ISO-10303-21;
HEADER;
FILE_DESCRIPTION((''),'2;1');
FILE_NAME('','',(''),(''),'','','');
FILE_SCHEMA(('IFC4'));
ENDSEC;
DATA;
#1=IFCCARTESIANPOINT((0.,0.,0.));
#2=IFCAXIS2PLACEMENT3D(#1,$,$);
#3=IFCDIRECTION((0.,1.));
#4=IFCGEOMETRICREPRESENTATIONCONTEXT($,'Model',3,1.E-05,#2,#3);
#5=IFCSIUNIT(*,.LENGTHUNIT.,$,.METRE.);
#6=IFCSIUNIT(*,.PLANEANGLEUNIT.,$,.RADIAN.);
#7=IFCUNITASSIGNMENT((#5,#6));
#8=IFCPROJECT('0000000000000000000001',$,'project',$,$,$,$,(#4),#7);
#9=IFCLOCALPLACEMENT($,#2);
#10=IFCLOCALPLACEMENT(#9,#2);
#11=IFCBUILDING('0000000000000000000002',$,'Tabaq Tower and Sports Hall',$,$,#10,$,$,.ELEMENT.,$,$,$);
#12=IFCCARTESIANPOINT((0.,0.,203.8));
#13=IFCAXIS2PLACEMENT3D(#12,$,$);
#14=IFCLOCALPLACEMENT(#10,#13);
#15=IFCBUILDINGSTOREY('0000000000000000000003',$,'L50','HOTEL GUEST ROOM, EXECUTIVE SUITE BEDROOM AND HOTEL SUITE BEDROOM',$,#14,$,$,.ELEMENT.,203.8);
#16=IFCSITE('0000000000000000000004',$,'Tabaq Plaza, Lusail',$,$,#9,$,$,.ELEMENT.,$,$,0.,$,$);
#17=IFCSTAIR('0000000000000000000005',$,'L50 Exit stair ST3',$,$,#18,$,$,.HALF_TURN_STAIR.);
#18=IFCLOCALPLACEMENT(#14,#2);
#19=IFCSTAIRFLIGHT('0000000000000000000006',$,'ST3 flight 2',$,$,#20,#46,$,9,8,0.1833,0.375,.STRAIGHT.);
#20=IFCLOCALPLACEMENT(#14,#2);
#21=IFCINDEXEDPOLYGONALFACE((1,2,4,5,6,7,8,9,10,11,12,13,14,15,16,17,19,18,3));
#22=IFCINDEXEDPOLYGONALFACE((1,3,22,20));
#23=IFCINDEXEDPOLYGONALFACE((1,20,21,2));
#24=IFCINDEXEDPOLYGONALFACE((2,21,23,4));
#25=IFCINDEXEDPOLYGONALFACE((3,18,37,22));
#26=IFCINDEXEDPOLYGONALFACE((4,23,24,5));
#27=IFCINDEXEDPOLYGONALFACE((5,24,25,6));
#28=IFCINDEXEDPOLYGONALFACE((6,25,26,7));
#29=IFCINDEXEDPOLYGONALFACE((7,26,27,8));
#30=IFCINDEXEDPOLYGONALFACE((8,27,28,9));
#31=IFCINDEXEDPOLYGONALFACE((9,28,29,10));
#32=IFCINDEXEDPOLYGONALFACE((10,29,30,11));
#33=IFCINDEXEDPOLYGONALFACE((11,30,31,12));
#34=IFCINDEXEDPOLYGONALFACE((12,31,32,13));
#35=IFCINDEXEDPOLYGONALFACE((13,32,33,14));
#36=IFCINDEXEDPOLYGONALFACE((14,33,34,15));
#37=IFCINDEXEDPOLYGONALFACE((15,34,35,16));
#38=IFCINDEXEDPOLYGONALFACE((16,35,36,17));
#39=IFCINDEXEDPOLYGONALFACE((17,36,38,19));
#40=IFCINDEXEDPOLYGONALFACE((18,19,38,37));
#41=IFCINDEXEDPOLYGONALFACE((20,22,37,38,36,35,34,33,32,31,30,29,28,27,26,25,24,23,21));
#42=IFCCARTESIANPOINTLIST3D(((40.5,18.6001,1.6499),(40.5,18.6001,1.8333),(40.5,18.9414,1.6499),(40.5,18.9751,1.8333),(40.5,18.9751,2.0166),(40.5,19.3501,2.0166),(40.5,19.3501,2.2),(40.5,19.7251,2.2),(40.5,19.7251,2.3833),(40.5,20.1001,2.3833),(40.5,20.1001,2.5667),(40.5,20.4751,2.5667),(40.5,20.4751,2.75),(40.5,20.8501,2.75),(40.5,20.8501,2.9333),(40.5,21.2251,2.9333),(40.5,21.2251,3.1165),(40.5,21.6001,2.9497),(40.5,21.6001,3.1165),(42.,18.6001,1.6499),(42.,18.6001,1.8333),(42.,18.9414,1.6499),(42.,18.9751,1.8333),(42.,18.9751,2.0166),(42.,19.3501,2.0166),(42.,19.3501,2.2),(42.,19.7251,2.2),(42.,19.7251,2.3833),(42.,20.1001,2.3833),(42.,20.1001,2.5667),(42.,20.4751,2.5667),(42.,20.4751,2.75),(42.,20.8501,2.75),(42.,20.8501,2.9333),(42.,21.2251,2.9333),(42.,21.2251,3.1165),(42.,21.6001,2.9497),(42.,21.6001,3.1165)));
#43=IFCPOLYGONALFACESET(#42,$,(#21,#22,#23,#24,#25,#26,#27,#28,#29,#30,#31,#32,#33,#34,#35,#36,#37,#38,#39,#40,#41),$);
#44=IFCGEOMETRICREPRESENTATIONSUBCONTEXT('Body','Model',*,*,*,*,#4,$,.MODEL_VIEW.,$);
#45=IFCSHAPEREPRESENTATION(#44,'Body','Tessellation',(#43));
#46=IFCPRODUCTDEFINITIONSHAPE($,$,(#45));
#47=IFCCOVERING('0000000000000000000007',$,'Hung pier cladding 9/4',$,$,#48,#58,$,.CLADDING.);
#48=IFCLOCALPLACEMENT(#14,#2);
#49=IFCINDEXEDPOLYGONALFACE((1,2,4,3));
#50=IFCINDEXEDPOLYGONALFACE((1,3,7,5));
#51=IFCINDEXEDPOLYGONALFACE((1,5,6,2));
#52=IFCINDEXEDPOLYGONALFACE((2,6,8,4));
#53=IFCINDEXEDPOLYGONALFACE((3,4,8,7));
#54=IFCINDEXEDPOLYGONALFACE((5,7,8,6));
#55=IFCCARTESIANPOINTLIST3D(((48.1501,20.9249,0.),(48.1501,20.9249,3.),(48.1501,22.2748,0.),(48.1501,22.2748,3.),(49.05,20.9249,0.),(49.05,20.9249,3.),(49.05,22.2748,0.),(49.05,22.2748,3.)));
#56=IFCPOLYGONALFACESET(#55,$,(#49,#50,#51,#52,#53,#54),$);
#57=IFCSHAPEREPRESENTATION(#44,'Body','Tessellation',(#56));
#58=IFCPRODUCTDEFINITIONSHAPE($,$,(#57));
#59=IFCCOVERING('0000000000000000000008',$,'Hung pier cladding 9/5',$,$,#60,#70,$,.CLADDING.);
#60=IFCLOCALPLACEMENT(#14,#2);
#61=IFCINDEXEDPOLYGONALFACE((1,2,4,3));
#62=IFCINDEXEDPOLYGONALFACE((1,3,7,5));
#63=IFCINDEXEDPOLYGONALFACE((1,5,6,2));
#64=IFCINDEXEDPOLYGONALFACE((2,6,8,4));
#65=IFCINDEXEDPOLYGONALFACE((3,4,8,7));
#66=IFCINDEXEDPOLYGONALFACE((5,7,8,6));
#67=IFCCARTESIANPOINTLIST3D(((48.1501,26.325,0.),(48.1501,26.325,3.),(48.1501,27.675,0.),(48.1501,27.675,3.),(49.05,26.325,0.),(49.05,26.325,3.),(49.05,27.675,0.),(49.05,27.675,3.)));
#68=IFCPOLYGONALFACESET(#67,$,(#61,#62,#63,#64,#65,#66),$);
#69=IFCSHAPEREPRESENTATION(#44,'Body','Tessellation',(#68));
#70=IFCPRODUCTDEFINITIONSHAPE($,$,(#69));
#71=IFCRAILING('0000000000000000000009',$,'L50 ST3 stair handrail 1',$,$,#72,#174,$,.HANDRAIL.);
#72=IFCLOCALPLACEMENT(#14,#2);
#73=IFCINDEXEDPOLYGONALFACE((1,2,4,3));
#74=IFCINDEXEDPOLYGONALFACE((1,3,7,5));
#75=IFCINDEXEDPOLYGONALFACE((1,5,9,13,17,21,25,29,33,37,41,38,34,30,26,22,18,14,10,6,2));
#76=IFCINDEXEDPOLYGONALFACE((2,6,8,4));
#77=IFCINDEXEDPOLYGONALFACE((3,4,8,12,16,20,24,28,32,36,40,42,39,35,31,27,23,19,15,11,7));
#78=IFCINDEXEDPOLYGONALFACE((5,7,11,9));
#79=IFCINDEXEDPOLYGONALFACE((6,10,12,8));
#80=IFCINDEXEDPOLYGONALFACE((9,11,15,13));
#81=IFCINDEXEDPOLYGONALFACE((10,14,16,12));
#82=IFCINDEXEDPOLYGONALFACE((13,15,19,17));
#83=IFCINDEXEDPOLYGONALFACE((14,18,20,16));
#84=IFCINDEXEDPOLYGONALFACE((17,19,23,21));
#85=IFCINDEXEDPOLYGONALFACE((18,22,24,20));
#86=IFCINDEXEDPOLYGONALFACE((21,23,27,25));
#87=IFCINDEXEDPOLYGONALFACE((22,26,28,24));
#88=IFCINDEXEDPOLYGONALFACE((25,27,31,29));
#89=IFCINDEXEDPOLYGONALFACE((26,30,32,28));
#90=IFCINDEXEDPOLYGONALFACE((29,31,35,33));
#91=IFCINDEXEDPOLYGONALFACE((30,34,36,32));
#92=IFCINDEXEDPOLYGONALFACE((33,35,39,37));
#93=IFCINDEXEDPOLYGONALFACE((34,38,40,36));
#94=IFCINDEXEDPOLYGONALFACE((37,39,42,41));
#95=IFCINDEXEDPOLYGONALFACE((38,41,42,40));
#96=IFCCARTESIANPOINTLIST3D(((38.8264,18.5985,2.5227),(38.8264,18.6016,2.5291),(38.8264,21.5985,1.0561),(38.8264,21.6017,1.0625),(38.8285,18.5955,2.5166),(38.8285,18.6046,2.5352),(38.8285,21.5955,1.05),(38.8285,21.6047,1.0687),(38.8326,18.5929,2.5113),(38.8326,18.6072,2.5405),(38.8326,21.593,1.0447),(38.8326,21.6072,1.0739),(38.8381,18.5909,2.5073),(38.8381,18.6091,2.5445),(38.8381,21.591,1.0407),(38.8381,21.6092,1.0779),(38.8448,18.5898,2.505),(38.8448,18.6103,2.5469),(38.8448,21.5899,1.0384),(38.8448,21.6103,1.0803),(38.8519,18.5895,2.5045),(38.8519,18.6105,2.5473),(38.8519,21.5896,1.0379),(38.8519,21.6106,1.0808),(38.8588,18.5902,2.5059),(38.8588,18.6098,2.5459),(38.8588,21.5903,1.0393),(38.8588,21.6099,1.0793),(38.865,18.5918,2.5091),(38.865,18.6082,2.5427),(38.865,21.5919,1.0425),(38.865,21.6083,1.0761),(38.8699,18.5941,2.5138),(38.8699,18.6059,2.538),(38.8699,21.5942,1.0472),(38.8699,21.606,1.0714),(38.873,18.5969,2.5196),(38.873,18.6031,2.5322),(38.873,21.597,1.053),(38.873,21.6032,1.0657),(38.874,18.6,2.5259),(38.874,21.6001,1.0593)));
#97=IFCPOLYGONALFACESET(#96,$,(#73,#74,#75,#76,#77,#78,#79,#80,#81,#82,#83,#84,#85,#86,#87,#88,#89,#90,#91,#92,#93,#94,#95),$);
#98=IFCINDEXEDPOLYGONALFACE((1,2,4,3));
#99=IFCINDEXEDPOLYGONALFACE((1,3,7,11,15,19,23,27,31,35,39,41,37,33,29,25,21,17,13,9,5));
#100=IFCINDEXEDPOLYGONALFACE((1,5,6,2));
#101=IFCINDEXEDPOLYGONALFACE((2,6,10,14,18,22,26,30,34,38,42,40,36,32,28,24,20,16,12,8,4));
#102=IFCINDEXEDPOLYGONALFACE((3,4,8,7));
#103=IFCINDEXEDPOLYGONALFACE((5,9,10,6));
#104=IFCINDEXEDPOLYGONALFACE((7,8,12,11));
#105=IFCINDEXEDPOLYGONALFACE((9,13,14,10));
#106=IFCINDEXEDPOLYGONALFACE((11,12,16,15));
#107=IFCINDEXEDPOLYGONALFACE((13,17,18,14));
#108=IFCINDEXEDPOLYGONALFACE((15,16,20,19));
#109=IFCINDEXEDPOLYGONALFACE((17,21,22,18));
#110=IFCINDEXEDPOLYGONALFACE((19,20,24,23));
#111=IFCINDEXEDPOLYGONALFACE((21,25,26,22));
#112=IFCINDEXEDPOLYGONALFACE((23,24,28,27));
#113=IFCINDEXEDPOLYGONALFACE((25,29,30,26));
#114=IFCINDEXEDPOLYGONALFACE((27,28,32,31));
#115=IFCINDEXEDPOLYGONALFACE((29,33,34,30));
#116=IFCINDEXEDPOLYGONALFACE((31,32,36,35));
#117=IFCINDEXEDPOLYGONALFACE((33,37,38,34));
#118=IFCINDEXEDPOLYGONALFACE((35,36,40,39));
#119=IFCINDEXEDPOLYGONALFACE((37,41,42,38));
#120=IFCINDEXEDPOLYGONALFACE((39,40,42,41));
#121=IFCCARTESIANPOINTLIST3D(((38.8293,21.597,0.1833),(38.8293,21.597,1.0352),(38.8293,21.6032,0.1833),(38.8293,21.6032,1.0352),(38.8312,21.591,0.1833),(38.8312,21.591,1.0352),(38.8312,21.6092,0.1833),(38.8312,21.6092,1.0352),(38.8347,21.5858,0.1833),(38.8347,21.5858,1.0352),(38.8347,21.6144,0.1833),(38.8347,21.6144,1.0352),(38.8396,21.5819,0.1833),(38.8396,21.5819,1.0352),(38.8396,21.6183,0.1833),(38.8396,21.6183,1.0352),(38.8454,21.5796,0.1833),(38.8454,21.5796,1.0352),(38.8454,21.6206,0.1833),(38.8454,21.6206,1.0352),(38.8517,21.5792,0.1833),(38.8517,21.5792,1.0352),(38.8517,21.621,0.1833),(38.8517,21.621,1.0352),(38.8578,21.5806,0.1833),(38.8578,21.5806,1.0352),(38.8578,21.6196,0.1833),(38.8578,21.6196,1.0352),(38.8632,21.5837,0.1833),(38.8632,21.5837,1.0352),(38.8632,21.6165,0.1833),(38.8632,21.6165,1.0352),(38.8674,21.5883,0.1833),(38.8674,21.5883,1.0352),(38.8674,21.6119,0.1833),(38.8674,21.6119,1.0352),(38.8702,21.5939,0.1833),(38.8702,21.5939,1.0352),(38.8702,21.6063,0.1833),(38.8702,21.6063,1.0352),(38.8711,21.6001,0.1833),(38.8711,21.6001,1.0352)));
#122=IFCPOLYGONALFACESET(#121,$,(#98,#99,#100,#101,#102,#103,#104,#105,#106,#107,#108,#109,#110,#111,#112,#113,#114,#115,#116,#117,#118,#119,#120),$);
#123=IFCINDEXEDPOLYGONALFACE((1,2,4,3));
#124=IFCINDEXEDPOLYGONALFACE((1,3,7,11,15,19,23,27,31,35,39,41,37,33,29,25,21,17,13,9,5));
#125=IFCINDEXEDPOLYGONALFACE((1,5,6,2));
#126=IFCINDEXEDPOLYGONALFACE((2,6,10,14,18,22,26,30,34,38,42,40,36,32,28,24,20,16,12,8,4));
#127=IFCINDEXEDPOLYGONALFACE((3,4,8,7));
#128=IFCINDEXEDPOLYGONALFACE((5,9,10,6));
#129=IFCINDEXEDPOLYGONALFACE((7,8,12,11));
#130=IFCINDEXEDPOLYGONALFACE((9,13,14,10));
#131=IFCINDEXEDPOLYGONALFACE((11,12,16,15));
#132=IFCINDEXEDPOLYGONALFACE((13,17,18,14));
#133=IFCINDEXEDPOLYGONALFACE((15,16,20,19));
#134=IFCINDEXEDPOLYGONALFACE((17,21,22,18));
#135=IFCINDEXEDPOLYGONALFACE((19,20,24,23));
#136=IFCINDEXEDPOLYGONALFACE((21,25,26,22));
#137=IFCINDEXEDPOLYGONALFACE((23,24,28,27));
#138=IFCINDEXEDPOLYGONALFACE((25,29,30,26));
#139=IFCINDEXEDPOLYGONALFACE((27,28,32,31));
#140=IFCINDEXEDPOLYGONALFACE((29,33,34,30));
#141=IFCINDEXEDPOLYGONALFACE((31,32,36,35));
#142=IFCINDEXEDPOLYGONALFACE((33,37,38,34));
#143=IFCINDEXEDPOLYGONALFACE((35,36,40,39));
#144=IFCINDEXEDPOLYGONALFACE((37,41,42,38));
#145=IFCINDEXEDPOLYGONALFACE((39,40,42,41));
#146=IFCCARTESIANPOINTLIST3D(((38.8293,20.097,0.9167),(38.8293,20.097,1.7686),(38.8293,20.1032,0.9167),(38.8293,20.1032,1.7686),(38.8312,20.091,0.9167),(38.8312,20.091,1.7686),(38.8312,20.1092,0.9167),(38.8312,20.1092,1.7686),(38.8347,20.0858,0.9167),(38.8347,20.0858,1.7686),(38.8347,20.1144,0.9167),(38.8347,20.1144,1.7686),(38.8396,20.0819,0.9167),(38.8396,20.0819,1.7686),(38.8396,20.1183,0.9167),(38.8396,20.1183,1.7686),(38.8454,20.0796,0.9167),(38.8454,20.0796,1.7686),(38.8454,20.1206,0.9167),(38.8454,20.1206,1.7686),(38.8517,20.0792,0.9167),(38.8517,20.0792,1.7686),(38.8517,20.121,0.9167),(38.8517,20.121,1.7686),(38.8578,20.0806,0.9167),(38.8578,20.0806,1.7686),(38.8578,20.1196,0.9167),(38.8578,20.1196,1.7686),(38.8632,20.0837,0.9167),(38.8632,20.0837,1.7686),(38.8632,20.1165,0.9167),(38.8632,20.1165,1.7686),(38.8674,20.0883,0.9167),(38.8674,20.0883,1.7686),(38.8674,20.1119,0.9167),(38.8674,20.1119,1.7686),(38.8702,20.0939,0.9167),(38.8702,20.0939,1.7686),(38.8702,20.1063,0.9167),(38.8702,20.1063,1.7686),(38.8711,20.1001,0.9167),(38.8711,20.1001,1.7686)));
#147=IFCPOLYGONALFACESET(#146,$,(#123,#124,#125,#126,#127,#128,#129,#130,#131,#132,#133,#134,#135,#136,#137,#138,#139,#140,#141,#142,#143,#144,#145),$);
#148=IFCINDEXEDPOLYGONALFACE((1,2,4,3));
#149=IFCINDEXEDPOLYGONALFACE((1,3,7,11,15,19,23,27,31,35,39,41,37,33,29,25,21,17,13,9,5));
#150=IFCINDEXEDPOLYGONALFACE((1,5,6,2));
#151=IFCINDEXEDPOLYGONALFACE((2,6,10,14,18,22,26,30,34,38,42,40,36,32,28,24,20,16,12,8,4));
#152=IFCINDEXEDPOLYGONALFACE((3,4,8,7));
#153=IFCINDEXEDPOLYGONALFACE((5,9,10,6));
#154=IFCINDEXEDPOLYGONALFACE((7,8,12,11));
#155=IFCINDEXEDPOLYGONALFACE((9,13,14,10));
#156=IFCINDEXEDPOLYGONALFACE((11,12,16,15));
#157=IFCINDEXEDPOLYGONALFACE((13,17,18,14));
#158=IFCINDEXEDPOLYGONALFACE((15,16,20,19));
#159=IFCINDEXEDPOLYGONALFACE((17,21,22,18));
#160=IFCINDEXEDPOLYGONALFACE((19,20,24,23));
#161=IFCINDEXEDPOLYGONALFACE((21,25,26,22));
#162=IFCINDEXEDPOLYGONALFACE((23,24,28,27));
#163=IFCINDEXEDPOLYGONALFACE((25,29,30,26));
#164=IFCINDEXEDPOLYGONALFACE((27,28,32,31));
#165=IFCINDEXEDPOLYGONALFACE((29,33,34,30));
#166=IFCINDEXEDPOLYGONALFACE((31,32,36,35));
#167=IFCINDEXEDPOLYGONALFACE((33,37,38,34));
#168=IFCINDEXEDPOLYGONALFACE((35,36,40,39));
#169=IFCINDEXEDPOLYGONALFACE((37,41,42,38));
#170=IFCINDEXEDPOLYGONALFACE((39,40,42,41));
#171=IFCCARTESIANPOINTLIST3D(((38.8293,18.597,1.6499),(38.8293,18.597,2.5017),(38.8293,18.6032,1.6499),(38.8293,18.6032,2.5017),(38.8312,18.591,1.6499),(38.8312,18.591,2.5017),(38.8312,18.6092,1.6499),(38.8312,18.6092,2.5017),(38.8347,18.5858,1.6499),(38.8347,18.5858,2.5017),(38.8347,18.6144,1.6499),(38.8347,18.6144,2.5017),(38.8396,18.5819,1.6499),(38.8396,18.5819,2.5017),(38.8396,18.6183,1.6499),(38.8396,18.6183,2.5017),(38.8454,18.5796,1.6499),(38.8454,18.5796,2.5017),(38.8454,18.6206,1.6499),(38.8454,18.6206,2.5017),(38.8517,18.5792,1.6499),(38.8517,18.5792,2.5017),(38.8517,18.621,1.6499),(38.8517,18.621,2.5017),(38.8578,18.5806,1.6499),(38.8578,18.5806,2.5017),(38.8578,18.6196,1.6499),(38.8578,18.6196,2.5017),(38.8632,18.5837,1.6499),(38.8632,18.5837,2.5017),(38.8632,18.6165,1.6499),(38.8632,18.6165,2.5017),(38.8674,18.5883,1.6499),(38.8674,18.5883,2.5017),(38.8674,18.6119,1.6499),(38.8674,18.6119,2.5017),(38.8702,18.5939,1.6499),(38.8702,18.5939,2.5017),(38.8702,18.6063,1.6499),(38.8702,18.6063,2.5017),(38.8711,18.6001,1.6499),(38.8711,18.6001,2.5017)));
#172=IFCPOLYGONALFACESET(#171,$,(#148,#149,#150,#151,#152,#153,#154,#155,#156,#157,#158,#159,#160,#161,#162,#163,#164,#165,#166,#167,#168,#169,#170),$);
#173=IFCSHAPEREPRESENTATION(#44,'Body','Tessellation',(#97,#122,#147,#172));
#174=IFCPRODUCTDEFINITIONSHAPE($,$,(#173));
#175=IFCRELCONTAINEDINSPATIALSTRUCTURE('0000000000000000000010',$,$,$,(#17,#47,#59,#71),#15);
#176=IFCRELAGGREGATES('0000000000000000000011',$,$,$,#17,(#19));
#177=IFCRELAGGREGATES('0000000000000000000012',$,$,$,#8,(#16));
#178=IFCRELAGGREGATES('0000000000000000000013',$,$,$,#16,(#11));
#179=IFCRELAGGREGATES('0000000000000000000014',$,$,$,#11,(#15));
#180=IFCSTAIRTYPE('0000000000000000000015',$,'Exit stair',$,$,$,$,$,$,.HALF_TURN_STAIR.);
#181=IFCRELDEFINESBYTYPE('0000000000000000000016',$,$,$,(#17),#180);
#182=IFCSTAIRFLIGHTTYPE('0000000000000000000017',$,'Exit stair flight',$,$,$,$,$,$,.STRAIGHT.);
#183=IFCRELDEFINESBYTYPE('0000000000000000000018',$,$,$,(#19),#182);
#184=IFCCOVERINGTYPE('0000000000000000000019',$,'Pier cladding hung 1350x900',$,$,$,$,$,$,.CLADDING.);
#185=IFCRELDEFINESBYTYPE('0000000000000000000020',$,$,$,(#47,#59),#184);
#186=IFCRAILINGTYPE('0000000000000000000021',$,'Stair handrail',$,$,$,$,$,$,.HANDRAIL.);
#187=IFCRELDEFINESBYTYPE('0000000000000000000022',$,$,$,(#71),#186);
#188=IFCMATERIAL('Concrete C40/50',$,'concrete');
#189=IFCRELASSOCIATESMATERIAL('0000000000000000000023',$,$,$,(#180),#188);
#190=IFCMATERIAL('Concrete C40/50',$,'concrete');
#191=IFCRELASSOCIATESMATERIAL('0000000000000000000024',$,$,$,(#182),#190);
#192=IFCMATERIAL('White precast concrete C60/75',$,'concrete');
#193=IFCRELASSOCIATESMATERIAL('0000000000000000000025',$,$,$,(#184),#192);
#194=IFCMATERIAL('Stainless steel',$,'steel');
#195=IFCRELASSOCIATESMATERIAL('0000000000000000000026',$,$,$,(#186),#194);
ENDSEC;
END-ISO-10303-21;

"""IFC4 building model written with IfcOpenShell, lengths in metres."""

from ifc_helpers import new_model, si_unit, direction, frame, frame_2d, origin, origin_2d, place, context, subcontext, project, spatial, polyline, rectangle, circle, outline, extrude, material, type_object, element, aggregate, save


model = new_model("IFC4")

# Units and contexts
model_context = context("Model", 3, precision=1e-05, world=origin(), true_north=direction((0.0, 1.0)))
body_context = subcontext(model_context, "Body", "Model", "MODEL_VIEW")
ifc_project = project(units=[si_unit("LENGTHUNIT", "METRE"), si_unit("PLANEANGLEUNIT", "RADIAN")], contexts=[model_context])

# Site, building, storey
site_placement = place(None, origin())
site = spatial("IfcSite", under=ifc_project, at=site_placement, Name="Tabaq Plaza, Lusail", CompositionType="ELEMENT", RefElevation=0.0)
building_placement = place(site_placement, origin())
building = spatial("IfcBuilding", under=site, at=building_placement, Name="Tabaq Tower and Sports Hall", CompositionType="ELEMENT")
storey_placement = place(building_placement, frame((0.0, 0.0, 203.8)))
storey = spatial("IfcBuildingStorey", under=building, at=storey_placement, Name="L50", Description="HOTEL GUEST ROOM, EXECUTIVE SUITE BEDROOM AND HOTEL SUITE BEDROOM", CompositionType="ELEMENT", Elevation=203.8)

# Stair, stair flight
ifc_material_1 = material(Name="Concrete C40/50", Category="concrete")
stair_type = type_object("IfcStairType", Name="Exit stair", PredefinedType="HALF_TURN_STAIR", material=ifc_material_1)
stair_placement = place(storey_placement, origin())
stair = element("IfcStair", 1, at=stair_placement, inside=storey, type_object=stair_type, Name="L50 Exit stair ST3", PredefinedType="HALF_TURN_STAIR")
ifc_material_2 = material(Name="Concrete C40/50", Category="concrete")
stair_flight_type = type_object("IfcStairFlightType", Name="Exit stair flight", PredefinedType="STRAIGHT", material=ifc_material_2)
stair_flight_1_placement = place(storey_placement, frame((41.25, 18.6001, 1.6499), z_axis=(0.0, 0.0, 1.0), x_axis=(0.0, 1.0, 0.0)))
stair_flight_1 = element("IfcStairFlight", 2, at=stair_flight_1_placement, type_object=stair_flight_type, Name="ST3 flight 2", NumberOfRisers=9, NumberOfTreads=8, PredefinedType="STRAIGHT", RiserHeight=0.1833, TreadLength=0.375, context=body_context, shape_type="SweptSolid", body=[
    extrude(outline(polyline([(0.0, 0.0), (0.0, 0.1833), (0.375, 0.1833), (0.375, 0.3667), (0.75, 0.3667), (0.75, 0.55), (1.125, 0.55), (1.125, 0.7334), (1.5, 0.7334), (1.5, 0.9167), (1.875, 0.9167), (1.875, 1.1001), (2.25, 1.1001), (2.25, 1.2834), (2.625, 1.2834), (2.625, 1.4666), (3.0, 1.4666), (3.0, 1.6499), (3.0, 1.2998), (0.3413, 0.0), (0.0, 0.0)])), frame((0.0, 0.75, 0.0), z_axis=(0.0, -1.0, 0.0), x_axis=(1.0, 0.0, 0.0)), (0.0, 0.0, 1.0), 1.5),
])
aggregate(stair, [stair_flight_1])

# Coverings
ifc_material_3 = material(Name="White precast concrete C60/75", Category="concrete")
covering_type_1 = type_object("IfcCoveringType", Name="Pier cladding hung 1350x900", PredefinedType="CLADDING", material=ifc_material_3)
covering_1_placement = place(storey_placement, frame((48.6001, 20.925, 0.0), z_axis=(0.0, 0.0, 1.0), x_axis=(0.0, 1.0, 0.0)))
element("IfcCovering", 3, at=covering_1_placement, inside=storey, type_object=covering_type_1, Name="Hung pier cladding 9/4", PredefinedType="CLADDING", context=body_context, shape_type="SweptSolid", body=[
    extrude(rectangle(XDim=1.3499, YDim=0.8999, at=frame_2d((0.6748, 0.0))), origin(), (0.0, 0.0, 1.0), 3.0),
])
covering_2_placement = place(storey_placement, frame((48.6001, 26.325, 0.0), z_axis=(0.0, 0.0, 1.0), x_axis=(0.0, 1.0, 0.0)))
element("IfcCovering", 4, at=covering_2_placement, inside=storey, type_object=covering_type_1, Name="Hung pier cladding 9/5", PredefinedType="CLADDING", context=body_context, shape_type="SweptSolid", body=[
    extrude(rectangle(XDim=1.3501, YDim=0.8999, at=frame_2d((0.675, 0.0))), origin(), (0.0, 0.0, 1.0), 3.0),
])

# Railing
ifc_material_4 = material(Name="Stainless steel", Category="steel")
railing_type_1 = type_object("IfcRailingType", Name="Stair handrail", PredefinedType="HANDRAIL", material=ifc_material_4)
railing_1_placement = place(storey_placement, frame((38.8501, 21.6001, 0.1833)))
element("IfcRailing", 5, at=railing_1_placement, inside=storey, type_object=railing_type_1, Name="L50 ST3 stair handrail 1", PredefinedType="HANDRAIL", context=body_context, shape_type="SweptSolid", body=[
    extrude(circle(Radius=0.0239, at=origin_2d()), frame((0.0, 0.0, 0.876), z_axis=(0.0, -0.898398, 0.439183), x_axis=(1.0, 0.0, 0.0)), (0.0, 0.0, 1.0), 3.3394),
    extrude(circle(Radius=0.021, at=origin_2d()), origin(), (0.0, 0.0, 1.0), 0.8518),
    extrude(circle(Radius=0.021, at=origin_2d()), frame((0.0, -1.5, 0.7334)), (0.0, 0.0, 1.0), 0.8518),
    extrude(circle(Radius=0.021, at=origin_2d()), frame((0.0, -3.0, 1.4666)), (0.0, 0.0, 1.0), 0.8518),
])

save(model, "model.ifc")
